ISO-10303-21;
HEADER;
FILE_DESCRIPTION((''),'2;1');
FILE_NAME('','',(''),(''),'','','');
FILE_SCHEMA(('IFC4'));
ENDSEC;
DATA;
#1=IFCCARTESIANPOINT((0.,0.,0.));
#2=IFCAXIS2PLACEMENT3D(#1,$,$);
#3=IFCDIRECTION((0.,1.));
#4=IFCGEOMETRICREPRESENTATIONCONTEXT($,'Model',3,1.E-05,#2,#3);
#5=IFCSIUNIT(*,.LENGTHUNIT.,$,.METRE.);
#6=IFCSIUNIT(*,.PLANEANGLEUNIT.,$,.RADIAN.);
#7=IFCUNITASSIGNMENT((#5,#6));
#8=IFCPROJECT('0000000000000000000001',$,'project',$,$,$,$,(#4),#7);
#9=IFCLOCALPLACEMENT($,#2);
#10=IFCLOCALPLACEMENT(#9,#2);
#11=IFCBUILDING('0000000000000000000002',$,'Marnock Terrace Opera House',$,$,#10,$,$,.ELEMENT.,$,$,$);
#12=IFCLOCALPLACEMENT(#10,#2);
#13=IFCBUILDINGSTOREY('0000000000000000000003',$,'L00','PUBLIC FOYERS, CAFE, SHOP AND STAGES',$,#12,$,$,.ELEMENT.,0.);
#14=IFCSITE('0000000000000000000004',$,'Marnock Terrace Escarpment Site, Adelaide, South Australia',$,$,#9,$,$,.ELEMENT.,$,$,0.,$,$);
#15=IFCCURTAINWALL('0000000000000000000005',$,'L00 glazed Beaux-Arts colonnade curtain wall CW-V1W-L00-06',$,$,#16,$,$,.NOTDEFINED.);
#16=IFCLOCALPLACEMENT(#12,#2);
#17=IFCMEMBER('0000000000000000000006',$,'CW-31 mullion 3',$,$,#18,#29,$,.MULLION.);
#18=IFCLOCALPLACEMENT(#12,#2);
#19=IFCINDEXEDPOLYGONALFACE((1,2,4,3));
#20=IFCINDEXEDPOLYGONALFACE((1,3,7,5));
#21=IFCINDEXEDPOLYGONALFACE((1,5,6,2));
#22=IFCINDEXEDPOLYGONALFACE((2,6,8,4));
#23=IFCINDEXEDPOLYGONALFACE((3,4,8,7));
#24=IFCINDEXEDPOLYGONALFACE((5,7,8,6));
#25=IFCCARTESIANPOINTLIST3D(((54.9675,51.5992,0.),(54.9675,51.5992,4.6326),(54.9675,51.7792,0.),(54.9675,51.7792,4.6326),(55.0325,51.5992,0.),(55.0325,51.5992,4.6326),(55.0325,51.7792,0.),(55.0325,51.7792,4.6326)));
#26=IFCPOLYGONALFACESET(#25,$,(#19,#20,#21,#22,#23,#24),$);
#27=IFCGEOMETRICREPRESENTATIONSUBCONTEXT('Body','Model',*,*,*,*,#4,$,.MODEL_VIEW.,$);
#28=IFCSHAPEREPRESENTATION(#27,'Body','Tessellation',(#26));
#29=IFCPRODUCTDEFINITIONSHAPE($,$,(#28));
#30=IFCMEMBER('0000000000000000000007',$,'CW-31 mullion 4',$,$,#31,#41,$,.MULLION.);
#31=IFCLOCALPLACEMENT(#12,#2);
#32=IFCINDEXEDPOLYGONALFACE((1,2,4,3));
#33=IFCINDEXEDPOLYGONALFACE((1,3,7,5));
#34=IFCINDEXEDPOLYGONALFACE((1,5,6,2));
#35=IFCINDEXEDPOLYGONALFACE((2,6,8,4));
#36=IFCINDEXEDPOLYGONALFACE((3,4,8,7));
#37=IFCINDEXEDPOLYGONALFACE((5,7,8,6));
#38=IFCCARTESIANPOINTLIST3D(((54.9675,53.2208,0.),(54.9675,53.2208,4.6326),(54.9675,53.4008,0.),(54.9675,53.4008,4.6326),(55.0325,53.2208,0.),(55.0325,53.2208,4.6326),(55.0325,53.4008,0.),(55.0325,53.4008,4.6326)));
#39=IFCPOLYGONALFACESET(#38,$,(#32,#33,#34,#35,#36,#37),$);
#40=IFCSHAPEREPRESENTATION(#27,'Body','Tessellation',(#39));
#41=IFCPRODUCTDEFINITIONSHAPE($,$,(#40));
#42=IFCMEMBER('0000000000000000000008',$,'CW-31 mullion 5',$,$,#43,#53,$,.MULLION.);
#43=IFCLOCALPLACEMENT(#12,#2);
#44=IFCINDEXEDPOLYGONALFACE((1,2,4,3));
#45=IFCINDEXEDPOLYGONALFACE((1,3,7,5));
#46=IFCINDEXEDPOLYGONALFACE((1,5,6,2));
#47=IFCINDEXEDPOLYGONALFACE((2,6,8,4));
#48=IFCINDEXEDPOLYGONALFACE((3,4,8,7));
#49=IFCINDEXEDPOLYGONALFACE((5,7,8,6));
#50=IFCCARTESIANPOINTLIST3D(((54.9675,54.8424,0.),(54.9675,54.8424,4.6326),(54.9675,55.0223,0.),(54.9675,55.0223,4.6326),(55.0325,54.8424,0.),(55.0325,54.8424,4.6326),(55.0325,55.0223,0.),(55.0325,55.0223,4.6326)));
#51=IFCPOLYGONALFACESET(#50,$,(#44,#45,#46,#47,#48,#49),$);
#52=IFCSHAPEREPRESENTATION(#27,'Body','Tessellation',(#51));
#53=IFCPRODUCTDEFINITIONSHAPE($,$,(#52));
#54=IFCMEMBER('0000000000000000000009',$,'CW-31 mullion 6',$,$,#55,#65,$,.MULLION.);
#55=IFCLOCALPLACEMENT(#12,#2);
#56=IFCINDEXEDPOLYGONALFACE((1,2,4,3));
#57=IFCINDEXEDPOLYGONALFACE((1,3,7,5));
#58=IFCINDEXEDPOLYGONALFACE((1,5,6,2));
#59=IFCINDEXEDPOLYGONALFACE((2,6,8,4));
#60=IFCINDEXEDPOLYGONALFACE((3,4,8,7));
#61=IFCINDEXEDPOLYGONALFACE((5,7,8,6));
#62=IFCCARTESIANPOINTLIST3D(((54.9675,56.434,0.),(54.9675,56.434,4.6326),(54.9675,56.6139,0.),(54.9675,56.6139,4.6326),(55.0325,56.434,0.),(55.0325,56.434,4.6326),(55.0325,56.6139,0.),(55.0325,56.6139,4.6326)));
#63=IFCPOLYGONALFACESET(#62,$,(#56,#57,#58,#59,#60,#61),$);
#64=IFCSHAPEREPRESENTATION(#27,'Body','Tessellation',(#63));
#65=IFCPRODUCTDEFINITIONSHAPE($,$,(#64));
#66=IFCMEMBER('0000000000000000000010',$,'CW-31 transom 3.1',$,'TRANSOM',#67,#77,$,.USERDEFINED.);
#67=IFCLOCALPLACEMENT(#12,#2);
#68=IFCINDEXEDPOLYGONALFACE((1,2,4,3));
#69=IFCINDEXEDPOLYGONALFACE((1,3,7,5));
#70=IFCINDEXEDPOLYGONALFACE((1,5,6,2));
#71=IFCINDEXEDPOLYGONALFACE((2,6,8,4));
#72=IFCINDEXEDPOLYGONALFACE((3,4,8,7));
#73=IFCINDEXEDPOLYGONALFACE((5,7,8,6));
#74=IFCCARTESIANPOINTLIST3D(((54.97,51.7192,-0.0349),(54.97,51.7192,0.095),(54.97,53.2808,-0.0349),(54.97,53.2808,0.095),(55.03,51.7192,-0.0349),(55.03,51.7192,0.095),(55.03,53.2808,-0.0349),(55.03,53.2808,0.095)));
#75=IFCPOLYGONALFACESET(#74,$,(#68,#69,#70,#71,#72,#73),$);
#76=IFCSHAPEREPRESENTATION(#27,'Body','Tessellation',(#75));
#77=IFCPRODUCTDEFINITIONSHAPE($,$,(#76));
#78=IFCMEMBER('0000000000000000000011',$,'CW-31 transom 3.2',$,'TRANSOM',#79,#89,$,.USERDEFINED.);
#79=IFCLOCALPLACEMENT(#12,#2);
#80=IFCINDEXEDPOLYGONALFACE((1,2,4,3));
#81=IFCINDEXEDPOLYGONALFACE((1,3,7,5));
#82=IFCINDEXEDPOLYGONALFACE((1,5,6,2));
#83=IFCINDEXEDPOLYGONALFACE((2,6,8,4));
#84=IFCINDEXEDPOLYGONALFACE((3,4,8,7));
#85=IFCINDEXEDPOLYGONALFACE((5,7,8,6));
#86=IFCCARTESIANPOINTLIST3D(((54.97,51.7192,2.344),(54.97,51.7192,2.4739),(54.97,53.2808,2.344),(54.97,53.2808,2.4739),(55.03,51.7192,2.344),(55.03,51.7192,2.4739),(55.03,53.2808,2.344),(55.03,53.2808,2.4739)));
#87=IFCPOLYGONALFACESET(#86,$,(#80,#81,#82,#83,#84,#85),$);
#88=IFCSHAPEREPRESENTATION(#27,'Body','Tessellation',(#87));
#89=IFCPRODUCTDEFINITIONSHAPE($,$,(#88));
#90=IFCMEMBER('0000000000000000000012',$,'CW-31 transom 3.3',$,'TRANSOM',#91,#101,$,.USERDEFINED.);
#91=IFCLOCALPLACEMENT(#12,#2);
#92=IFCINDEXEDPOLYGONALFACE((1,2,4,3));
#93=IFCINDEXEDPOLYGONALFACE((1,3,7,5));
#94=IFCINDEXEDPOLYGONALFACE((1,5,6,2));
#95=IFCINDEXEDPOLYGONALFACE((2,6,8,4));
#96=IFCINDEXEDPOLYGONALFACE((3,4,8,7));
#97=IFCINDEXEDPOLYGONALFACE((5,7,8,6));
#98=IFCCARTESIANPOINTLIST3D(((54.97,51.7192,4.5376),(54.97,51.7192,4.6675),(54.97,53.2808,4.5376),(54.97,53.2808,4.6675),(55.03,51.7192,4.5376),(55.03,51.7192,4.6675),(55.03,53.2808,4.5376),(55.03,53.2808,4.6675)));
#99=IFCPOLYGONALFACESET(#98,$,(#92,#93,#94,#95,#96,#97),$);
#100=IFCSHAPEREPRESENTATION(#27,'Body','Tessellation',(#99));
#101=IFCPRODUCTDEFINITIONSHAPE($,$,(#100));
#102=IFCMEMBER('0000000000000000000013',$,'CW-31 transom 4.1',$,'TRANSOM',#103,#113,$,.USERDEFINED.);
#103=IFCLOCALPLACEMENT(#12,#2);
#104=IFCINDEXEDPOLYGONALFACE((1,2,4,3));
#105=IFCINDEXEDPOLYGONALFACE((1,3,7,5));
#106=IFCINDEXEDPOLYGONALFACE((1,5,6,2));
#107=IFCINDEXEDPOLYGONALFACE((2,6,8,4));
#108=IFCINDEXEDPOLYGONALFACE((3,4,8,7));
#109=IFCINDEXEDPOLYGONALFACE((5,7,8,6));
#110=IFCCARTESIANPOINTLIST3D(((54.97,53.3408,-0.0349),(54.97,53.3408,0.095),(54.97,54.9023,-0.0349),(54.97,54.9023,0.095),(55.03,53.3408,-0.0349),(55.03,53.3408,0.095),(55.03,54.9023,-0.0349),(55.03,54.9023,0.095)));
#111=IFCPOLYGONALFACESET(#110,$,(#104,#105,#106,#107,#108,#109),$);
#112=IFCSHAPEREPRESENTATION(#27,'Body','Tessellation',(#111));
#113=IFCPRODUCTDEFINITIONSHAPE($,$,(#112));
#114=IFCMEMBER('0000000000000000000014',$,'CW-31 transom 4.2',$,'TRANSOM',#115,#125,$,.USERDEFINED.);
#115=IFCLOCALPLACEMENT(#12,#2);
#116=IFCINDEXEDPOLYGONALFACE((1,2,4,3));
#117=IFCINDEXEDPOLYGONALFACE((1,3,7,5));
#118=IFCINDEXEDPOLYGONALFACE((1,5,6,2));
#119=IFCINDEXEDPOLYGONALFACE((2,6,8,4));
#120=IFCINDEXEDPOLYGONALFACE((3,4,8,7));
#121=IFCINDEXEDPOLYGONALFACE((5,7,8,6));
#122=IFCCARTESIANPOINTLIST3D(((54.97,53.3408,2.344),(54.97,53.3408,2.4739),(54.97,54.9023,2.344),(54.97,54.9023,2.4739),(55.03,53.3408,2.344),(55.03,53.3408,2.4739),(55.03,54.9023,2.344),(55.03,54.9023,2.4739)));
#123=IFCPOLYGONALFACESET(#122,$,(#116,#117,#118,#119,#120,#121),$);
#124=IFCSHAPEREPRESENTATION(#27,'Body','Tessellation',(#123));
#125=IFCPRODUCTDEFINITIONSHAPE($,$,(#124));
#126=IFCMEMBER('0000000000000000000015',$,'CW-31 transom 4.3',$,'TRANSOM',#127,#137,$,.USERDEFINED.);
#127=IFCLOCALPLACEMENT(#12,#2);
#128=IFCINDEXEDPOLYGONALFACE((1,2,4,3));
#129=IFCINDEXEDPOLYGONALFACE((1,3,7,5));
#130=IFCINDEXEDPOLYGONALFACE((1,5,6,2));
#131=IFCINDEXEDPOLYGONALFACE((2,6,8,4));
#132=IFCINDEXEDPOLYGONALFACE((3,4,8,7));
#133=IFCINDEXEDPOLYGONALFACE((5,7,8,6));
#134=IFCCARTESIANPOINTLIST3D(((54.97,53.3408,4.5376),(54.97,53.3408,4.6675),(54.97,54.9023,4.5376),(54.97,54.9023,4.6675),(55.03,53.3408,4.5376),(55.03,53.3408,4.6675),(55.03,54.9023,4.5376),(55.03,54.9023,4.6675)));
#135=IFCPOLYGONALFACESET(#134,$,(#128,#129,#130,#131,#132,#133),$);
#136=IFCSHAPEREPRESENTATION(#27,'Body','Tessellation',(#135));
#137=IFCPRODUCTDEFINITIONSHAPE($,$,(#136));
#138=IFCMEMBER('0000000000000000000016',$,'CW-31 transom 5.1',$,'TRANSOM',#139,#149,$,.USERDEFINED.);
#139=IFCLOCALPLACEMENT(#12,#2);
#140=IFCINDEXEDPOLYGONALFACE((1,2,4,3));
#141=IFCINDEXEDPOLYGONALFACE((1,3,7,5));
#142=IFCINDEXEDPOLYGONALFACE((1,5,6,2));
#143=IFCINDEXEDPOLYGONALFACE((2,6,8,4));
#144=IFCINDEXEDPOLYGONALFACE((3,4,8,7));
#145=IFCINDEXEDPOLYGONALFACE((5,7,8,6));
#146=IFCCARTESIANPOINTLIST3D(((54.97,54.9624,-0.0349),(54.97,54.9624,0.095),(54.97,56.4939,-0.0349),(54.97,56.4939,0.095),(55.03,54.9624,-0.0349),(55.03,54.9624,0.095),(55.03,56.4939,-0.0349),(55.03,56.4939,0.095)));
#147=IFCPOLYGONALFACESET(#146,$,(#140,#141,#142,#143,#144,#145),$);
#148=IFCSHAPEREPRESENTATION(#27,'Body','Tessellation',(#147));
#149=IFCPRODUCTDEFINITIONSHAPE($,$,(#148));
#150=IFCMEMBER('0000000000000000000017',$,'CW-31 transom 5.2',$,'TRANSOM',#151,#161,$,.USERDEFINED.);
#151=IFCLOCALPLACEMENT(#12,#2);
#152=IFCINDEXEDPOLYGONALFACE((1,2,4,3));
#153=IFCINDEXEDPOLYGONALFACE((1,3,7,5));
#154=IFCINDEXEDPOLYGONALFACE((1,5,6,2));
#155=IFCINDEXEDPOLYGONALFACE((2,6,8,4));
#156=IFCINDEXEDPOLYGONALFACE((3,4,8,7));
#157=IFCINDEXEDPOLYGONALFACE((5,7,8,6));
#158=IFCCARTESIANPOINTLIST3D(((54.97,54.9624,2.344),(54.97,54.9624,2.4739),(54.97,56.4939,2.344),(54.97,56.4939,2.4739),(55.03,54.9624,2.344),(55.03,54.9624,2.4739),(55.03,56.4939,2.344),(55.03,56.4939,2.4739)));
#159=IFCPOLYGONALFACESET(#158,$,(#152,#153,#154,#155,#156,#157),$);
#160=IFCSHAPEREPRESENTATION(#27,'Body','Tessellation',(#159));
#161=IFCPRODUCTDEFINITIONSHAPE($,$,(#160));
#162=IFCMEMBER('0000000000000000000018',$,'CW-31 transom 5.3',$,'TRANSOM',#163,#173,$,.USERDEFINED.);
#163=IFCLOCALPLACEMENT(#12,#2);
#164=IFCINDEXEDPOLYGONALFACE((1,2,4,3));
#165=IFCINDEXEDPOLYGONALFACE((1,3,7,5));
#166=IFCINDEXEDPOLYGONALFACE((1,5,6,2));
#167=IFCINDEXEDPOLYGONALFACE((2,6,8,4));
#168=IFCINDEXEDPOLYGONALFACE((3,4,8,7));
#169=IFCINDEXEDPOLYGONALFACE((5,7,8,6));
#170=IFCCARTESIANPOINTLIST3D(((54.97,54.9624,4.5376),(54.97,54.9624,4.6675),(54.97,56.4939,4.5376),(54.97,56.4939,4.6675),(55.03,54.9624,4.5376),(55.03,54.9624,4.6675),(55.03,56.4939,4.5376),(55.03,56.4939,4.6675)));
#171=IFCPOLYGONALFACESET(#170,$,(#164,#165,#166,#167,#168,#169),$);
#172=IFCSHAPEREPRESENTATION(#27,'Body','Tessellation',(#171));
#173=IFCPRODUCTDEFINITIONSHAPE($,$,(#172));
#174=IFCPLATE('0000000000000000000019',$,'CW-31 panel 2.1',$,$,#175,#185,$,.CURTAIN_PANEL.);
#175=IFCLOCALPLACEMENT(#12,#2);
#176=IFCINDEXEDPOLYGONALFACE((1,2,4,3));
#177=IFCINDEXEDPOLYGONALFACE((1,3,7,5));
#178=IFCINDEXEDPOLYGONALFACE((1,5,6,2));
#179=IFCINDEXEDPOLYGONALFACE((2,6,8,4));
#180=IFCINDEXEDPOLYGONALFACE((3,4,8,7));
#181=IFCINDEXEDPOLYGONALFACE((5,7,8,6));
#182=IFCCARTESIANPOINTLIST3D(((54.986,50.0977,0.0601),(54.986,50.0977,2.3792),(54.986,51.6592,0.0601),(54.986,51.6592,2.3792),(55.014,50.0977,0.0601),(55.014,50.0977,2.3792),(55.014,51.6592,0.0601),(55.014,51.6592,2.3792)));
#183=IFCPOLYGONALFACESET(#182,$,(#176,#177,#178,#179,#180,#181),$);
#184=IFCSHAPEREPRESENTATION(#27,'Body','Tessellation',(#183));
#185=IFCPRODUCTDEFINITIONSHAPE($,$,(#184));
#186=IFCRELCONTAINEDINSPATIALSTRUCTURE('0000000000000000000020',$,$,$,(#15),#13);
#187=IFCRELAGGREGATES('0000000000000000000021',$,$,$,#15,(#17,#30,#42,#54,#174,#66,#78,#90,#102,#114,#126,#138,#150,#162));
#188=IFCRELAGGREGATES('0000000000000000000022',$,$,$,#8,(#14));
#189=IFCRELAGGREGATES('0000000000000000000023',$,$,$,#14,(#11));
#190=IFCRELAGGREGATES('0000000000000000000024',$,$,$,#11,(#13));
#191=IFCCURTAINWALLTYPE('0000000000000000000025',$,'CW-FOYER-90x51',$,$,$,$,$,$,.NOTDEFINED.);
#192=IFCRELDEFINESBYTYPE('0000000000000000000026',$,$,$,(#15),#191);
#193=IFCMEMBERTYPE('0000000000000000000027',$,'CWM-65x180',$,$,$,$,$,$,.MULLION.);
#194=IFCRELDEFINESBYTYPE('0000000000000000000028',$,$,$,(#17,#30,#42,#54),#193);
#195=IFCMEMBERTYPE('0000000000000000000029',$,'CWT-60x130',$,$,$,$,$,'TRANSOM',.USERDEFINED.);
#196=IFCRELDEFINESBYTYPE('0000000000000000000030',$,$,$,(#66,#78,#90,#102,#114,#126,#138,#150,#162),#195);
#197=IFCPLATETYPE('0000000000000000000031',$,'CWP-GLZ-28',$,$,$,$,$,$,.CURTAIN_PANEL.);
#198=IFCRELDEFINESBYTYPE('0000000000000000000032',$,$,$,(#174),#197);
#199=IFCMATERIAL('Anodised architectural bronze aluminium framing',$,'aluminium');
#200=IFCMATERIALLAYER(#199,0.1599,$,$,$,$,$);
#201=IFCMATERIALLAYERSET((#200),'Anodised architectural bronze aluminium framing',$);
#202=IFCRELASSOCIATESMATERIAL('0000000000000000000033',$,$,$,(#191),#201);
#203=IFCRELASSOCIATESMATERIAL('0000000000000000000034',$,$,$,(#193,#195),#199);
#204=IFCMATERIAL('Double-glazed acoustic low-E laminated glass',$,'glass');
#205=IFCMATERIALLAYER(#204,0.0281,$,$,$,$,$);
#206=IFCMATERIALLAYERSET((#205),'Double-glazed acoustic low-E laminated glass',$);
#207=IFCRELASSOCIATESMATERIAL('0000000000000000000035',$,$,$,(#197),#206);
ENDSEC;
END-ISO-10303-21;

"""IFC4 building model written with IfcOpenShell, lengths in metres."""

from ifc_helpers import new_model, si_unit, direction, frame, origin, origin_2d, place, context, subcontext, project, spatial, rectangle, extrude, material, layer, layer_set, material_profile, profile_set, type_object, element, aggregate, save


model = new_model("IFC4")

# Units and contexts
model_context = context("Model", 3, precision=1e-05, world=origin(), true_north=direction((0.0, 1.0)))
body_context = subcontext(model_context, "Body", "Model", "MODEL_VIEW")
ifc_project = project(units=[si_unit("LENGTHUNIT", "METRE"), si_unit("PLANEANGLEUNIT", "RADIAN")], contexts=[model_context])

# Site, building, storey
site_placement = place(None, origin())
site = spatial("IfcSite", under=ifc_project, at=site_placement, Name="Marnock Terrace Escarpment Site, Adelaide, South Australia", CompositionType="ELEMENT", RefElevation=0.0)
building_placement = place(site_placement, origin())
building = spatial("IfcBuilding", under=site, at=building_placement, Name="Marnock Terrace Opera House", CompositionType="ELEMENT")
storey_placement = place(building_placement, origin())
storey = spatial("IfcBuildingStorey", under=building, at=storey_placement, Name="L00", Description="PUBLIC FOYERS, CAFE, SHOP AND STAGES", CompositionType="ELEMENT", Elevation=0.0)

# Curtain wall, members, plate
ifc_material_1 = material(Name="Anodised architectural bronze aluminium framing", Category="aluminium")
ifc_layer_1 = layer(ifc_material_1, 0.1599)
ifc_layer_set_1 = layer_set([ifc_layer_1], Name="Anodised architectural bronze aluminium framing")
curtain_wall_type = type_object("IfcCurtainWallType", Name="CW-FOYER-90x51", PredefinedType="NOTDEFINED", material=ifc_layer_set_1)
curtain_wall_placement = place(storey_placement, origin())
curtain_wall = element("IfcCurtainWall", 1, at=curtain_wall_placement, inside=storey, type_object=curtain_wall_type, Name="L00 glazed Beaux-Arts colonnade curtain wall CW-V1W-L00-06", PredefinedType="NOTDEFINED")
ifc_material_profile_1 = material_profile(ifc_material_1, rectangle(XDim=0.0649, YDim=0.1799, at=origin_2d()))
ifc_profile_set_1 = profile_set([ifc_material_profile_1], Name="Anodised architectural bronze aluminium framing")
member_type_1 = type_object("IfcMemberType", Name="CWM-65x180", PredefinedType="MULLION", material=ifc_profile_set_1)
member_1_placement = place(storey_placement, frame((55.0, 51.6892, 0.0), z_axis=(0.0, 0.0, 1.0), x_axis=(-1.0, 0.0, 0.0)))
member_1 = element("IfcMember", 2, at=member_1_placement, type_object=member_type_1, Name="CW-31 mullion 3", PredefinedType="MULLION", context=body_context, shape_type="SweptSolid", body=[
    extrude(rectangle(XDim=0.0649, YDim=0.1799, at=origin_2d()), origin(), (0.0, 0.0, 1.0), 4.6326),
])
member_2_placement = place(storey_placement, frame((55.0, 53.3108, 0.0), z_axis=(0.0, 0.0, 1.0), x_axis=(-1.0, 0.0, 0.0)))
member_2 = element("IfcMember", 3, at=member_2_placement, type_object=member_type_1, Name="CW-31 mullion 4", PredefinedType="MULLION", context=body_context, shape_type="SweptSolid", body=[
    extrude(rectangle(XDim=0.0649, YDim=0.1799, at=origin_2d()), origin(), (0.0, 0.0, 1.0), 4.6326),
])
member_3_placement = place(storey_placement, frame((55.0, 54.9324, 0.0), z_axis=(0.0, 0.0, 1.0), x_axis=(-1.0, 0.0, 0.0)))
member_3 = element("IfcMember", 4, at=member_3_placement, type_object=member_type_1, Name="CW-31 mullion 5", PredefinedType="MULLION", context=body_context, shape_type="SweptSolid", body=[
    extrude(rectangle(XDim=0.0649, YDim=0.1799, at=origin_2d()), origin(), (0.0, 0.0, 1.0), 4.6326),
])
member_4_placement = place(storey_placement, frame((55.0, 56.5239, 0.0), z_axis=(0.0, 0.0, 1.0), x_axis=(-1.0, 0.0, 0.0)))
member_4 = element("IfcMember", 5, at=member_4_placement, type_object=member_type_1, Name="CW-31 mullion 6", PredefinedType="MULLION", context=body_context, shape_type="SweptSolid", body=[
    extrude(rectangle(XDim=0.0649, YDim=0.1799, at=origin_2d()), origin(), (0.0, 0.0, 1.0), 4.6326),
])
ifc_material_profile_2 = material_profile(ifc_material_1, rectangle(XDim=0.0601, YDim=0.1299, at=origin_2d()))
ifc_profile_set_2 = profile_set([ifc_material_profile_2], Name="Anodised architectural bronze aluminium framing")
member_type_2 = type_object("IfcMemberType", Name="CWT-60x130", ElementType="TRANSOM", PredefinedType="USERDEFINED", material=ifc_profile_set_2)
member_5_placement = place(storey_placement, frame((55.0, 51.7192, 0.03), z_axis=(0.0, 1.0, 0.0), x_axis=(-1.0, 0.0, 0.0)))
member_5 = element("IfcMember", 6, at=member_5_placement, type_object=member_type_2, Name="CW-31 transom 3.1", ObjectType="TRANSOM", PredefinedType="USERDEFINED", context=body_context, shape_type="SweptSolid", body=[
    extrude(rectangle(XDim=0.0601, YDim=0.1299, at=origin_2d()), origin(), (0.0, 0.0, 1.0), 1.5615),
])
member_6_placement = place(storey_placement, frame((55.0, 51.7192, 2.4089), z_axis=(0.0, 1.0, 0.0), x_axis=(-1.0, 0.0, 0.0)))
member_6 = element("IfcMember", 7, at=member_6_placement, type_object=member_type_2, Name="CW-31 transom 3.2", ObjectType="TRANSOM", PredefinedType="USERDEFINED", context=body_context, shape_type="SweptSolid", body=[
    extrude(rectangle(XDim=0.0601, YDim=0.1299, at=origin_2d()), origin(), (0.0, 0.0, 1.0), 1.5615),
])
member_7_placement = place(storey_placement, frame((55.0, 51.7192, 4.6025), z_axis=(0.0, 1.0, 0.0), x_axis=(-1.0, 0.0, 0.0)))
member_7 = element("IfcMember", 8, at=member_7_placement, type_object=member_type_2, Name="CW-31 transom 3.3", ObjectType="TRANSOM", PredefinedType="USERDEFINED", context=body_context, shape_type="SweptSolid", body=[
    extrude(rectangle(XDim=0.0601, YDim=0.1299, at=origin_2d()), origin(), (0.0, 0.0, 1.0), 1.5615),
])
member_8_placement = place(storey_placement, frame((55.0, 53.3408, 0.03), z_axis=(0.0, 1.0, 0.0), x_axis=(-1.0, 0.0, 0.0)))
member_8 = element("IfcMember", 9, at=member_8_placement, type_object=member_type_2, Name="CW-31 transom 4.1", ObjectType="TRANSOM", PredefinedType="USERDEFINED", context=body_context, shape_type="SweptSolid", body=[
    extrude(rectangle(XDim=0.0601, YDim=0.1299, at=origin_2d()), origin(), (0.0, 0.0, 1.0), 1.5615),
])
member_9_placement = place(storey_placement, frame((55.0, 53.3408, 2.4089), z_axis=(0.0, 1.0, 0.0), x_axis=(-1.0, 0.0, 0.0)))
member_9 = element("IfcMember", 10, at=member_9_placement, type_object=member_type_2, Name="CW-31 transom 4.2", ObjectType="TRANSOM", PredefinedType="USERDEFINED", context=body_context, shape_type="SweptSolid", body=[
    extrude(rectangle(XDim=0.0601, YDim=0.1299, at=origin_2d()), origin(), (0.0, 0.0, 1.0), 1.5615),
])
member_10_placement = place(storey_placement, frame((55.0, 53.3408, 4.6025), z_axis=(0.0, 1.0, 0.0), x_axis=(-1.0, 0.0, 0.0)))
member_10 = element("IfcMember", 11, at=member_10_placement, type_object=member_type_2, Name="CW-31 transom 4.3", ObjectType="TRANSOM", PredefinedType="USERDEFINED", context=body_context, shape_type="SweptSolid", body=[
    extrude(rectangle(XDim=0.0601, YDim=0.1299, at=origin_2d()), origin(), (0.0, 0.0, 1.0), 1.5615),
])
member_11_placement = place(storey_placement, frame((55.0, 54.9624, 0.03), z_axis=(0.0, 1.0, 0.0), x_axis=(-1.0, 0.0, 0.0)))
member_11 = element("IfcMember", 12, at=member_11_placement, type_object=member_type_2, Name="CW-31 transom 5.1", ObjectType="TRANSOM", PredefinedType="USERDEFINED", context=body_context, shape_type="SweptSolid", body=[
    extrude(rectangle(XDim=0.0601, YDim=0.1299, at=origin_2d()), origin(), (0.0, 0.0, 1.0), 1.5315),
])
member_12_placement = place(storey_placement, frame((55.0, 54.9624, 2.4089), z_axis=(0.0, 1.0, 0.0), x_axis=(-1.0, 0.0, 0.0)))
member_12 = element("IfcMember", 13, at=member_12_placement, type_object=member_type_2, Name="CW-31 transom 5.2", ObjectType="TRANSOM", PredefinedType="USERDEFINED", context=body_context, shape_type="SweptSolid", body=[
    extrude(rectangle(XDim=0.0601, YDim=0.1299, at=origin_2d()), origin(), (0.0, 0.0, 1.0), 1.5315),
])
member_13_placement = place(storey_placement, frame((55.0, 54.9624, 4.6025), z_axis=(0.0, 1.0, 0.0), x_axis=(-1.0, 0.0, 0.0)))
member_13 = element("IfcMember", 14, at=member_13_placement, type_object=member_type_2, Name="CW-31 transom 5.3", ObjectType="TRANSOM", PredefinedType="USERDEFINED", context=body_context, shape_type="SweptSolid", body=[
    extrude(rectangle(XDim=0.0601, YDim=0.1299, at=origin_2d()), origin(), (0.0, 0.0, 1.0), 1.5315),
])
ifc_material_2 = material(Name="Double-glazed acoustic low-E laminated glass", Category="glass")
ifc_layer_2 = layer(ifc_material_2, 0.0281)
ifc_layer_set_2 = layer_set([ifc_layer_2], Name="Double-glazed acoustic low-E laminated glass")
plate_type = type_object("IfcPlateType", Name="CWP-GLZ-28", PredefinedType="CURTAIN_PANEL", material=ifc_layer_set_2)
plate_1_placement = place(storey_placement, frame((55.0, 50.8784, 0.0601), z_axis=(0.0, 0.0, 1.0), x_axis=(0.0, 1.0, 0.0)))
plate_1 = element("IfcPlate", 15, at=plate_1_placement, type_object=plate_type, Name="CW-31 panel 2.1", PredefinedType="CURTAIN_PANEL", context=body_context, shape_type="SweptSolid", body=[
    extrude(rectangle(XDim=1.5615, YDim=0.0281, at=origin_2d()), origin(), (0.0, 0.0, 1.0), 2.3191),
])
aggregate(curtain_wall, [member_1, member_2, member_3, member_4, plate_1, member_5, member_6, member_7, member_8, member_9, member_10, member_11, member_12, member_13])

save(model, "model.ifc")
